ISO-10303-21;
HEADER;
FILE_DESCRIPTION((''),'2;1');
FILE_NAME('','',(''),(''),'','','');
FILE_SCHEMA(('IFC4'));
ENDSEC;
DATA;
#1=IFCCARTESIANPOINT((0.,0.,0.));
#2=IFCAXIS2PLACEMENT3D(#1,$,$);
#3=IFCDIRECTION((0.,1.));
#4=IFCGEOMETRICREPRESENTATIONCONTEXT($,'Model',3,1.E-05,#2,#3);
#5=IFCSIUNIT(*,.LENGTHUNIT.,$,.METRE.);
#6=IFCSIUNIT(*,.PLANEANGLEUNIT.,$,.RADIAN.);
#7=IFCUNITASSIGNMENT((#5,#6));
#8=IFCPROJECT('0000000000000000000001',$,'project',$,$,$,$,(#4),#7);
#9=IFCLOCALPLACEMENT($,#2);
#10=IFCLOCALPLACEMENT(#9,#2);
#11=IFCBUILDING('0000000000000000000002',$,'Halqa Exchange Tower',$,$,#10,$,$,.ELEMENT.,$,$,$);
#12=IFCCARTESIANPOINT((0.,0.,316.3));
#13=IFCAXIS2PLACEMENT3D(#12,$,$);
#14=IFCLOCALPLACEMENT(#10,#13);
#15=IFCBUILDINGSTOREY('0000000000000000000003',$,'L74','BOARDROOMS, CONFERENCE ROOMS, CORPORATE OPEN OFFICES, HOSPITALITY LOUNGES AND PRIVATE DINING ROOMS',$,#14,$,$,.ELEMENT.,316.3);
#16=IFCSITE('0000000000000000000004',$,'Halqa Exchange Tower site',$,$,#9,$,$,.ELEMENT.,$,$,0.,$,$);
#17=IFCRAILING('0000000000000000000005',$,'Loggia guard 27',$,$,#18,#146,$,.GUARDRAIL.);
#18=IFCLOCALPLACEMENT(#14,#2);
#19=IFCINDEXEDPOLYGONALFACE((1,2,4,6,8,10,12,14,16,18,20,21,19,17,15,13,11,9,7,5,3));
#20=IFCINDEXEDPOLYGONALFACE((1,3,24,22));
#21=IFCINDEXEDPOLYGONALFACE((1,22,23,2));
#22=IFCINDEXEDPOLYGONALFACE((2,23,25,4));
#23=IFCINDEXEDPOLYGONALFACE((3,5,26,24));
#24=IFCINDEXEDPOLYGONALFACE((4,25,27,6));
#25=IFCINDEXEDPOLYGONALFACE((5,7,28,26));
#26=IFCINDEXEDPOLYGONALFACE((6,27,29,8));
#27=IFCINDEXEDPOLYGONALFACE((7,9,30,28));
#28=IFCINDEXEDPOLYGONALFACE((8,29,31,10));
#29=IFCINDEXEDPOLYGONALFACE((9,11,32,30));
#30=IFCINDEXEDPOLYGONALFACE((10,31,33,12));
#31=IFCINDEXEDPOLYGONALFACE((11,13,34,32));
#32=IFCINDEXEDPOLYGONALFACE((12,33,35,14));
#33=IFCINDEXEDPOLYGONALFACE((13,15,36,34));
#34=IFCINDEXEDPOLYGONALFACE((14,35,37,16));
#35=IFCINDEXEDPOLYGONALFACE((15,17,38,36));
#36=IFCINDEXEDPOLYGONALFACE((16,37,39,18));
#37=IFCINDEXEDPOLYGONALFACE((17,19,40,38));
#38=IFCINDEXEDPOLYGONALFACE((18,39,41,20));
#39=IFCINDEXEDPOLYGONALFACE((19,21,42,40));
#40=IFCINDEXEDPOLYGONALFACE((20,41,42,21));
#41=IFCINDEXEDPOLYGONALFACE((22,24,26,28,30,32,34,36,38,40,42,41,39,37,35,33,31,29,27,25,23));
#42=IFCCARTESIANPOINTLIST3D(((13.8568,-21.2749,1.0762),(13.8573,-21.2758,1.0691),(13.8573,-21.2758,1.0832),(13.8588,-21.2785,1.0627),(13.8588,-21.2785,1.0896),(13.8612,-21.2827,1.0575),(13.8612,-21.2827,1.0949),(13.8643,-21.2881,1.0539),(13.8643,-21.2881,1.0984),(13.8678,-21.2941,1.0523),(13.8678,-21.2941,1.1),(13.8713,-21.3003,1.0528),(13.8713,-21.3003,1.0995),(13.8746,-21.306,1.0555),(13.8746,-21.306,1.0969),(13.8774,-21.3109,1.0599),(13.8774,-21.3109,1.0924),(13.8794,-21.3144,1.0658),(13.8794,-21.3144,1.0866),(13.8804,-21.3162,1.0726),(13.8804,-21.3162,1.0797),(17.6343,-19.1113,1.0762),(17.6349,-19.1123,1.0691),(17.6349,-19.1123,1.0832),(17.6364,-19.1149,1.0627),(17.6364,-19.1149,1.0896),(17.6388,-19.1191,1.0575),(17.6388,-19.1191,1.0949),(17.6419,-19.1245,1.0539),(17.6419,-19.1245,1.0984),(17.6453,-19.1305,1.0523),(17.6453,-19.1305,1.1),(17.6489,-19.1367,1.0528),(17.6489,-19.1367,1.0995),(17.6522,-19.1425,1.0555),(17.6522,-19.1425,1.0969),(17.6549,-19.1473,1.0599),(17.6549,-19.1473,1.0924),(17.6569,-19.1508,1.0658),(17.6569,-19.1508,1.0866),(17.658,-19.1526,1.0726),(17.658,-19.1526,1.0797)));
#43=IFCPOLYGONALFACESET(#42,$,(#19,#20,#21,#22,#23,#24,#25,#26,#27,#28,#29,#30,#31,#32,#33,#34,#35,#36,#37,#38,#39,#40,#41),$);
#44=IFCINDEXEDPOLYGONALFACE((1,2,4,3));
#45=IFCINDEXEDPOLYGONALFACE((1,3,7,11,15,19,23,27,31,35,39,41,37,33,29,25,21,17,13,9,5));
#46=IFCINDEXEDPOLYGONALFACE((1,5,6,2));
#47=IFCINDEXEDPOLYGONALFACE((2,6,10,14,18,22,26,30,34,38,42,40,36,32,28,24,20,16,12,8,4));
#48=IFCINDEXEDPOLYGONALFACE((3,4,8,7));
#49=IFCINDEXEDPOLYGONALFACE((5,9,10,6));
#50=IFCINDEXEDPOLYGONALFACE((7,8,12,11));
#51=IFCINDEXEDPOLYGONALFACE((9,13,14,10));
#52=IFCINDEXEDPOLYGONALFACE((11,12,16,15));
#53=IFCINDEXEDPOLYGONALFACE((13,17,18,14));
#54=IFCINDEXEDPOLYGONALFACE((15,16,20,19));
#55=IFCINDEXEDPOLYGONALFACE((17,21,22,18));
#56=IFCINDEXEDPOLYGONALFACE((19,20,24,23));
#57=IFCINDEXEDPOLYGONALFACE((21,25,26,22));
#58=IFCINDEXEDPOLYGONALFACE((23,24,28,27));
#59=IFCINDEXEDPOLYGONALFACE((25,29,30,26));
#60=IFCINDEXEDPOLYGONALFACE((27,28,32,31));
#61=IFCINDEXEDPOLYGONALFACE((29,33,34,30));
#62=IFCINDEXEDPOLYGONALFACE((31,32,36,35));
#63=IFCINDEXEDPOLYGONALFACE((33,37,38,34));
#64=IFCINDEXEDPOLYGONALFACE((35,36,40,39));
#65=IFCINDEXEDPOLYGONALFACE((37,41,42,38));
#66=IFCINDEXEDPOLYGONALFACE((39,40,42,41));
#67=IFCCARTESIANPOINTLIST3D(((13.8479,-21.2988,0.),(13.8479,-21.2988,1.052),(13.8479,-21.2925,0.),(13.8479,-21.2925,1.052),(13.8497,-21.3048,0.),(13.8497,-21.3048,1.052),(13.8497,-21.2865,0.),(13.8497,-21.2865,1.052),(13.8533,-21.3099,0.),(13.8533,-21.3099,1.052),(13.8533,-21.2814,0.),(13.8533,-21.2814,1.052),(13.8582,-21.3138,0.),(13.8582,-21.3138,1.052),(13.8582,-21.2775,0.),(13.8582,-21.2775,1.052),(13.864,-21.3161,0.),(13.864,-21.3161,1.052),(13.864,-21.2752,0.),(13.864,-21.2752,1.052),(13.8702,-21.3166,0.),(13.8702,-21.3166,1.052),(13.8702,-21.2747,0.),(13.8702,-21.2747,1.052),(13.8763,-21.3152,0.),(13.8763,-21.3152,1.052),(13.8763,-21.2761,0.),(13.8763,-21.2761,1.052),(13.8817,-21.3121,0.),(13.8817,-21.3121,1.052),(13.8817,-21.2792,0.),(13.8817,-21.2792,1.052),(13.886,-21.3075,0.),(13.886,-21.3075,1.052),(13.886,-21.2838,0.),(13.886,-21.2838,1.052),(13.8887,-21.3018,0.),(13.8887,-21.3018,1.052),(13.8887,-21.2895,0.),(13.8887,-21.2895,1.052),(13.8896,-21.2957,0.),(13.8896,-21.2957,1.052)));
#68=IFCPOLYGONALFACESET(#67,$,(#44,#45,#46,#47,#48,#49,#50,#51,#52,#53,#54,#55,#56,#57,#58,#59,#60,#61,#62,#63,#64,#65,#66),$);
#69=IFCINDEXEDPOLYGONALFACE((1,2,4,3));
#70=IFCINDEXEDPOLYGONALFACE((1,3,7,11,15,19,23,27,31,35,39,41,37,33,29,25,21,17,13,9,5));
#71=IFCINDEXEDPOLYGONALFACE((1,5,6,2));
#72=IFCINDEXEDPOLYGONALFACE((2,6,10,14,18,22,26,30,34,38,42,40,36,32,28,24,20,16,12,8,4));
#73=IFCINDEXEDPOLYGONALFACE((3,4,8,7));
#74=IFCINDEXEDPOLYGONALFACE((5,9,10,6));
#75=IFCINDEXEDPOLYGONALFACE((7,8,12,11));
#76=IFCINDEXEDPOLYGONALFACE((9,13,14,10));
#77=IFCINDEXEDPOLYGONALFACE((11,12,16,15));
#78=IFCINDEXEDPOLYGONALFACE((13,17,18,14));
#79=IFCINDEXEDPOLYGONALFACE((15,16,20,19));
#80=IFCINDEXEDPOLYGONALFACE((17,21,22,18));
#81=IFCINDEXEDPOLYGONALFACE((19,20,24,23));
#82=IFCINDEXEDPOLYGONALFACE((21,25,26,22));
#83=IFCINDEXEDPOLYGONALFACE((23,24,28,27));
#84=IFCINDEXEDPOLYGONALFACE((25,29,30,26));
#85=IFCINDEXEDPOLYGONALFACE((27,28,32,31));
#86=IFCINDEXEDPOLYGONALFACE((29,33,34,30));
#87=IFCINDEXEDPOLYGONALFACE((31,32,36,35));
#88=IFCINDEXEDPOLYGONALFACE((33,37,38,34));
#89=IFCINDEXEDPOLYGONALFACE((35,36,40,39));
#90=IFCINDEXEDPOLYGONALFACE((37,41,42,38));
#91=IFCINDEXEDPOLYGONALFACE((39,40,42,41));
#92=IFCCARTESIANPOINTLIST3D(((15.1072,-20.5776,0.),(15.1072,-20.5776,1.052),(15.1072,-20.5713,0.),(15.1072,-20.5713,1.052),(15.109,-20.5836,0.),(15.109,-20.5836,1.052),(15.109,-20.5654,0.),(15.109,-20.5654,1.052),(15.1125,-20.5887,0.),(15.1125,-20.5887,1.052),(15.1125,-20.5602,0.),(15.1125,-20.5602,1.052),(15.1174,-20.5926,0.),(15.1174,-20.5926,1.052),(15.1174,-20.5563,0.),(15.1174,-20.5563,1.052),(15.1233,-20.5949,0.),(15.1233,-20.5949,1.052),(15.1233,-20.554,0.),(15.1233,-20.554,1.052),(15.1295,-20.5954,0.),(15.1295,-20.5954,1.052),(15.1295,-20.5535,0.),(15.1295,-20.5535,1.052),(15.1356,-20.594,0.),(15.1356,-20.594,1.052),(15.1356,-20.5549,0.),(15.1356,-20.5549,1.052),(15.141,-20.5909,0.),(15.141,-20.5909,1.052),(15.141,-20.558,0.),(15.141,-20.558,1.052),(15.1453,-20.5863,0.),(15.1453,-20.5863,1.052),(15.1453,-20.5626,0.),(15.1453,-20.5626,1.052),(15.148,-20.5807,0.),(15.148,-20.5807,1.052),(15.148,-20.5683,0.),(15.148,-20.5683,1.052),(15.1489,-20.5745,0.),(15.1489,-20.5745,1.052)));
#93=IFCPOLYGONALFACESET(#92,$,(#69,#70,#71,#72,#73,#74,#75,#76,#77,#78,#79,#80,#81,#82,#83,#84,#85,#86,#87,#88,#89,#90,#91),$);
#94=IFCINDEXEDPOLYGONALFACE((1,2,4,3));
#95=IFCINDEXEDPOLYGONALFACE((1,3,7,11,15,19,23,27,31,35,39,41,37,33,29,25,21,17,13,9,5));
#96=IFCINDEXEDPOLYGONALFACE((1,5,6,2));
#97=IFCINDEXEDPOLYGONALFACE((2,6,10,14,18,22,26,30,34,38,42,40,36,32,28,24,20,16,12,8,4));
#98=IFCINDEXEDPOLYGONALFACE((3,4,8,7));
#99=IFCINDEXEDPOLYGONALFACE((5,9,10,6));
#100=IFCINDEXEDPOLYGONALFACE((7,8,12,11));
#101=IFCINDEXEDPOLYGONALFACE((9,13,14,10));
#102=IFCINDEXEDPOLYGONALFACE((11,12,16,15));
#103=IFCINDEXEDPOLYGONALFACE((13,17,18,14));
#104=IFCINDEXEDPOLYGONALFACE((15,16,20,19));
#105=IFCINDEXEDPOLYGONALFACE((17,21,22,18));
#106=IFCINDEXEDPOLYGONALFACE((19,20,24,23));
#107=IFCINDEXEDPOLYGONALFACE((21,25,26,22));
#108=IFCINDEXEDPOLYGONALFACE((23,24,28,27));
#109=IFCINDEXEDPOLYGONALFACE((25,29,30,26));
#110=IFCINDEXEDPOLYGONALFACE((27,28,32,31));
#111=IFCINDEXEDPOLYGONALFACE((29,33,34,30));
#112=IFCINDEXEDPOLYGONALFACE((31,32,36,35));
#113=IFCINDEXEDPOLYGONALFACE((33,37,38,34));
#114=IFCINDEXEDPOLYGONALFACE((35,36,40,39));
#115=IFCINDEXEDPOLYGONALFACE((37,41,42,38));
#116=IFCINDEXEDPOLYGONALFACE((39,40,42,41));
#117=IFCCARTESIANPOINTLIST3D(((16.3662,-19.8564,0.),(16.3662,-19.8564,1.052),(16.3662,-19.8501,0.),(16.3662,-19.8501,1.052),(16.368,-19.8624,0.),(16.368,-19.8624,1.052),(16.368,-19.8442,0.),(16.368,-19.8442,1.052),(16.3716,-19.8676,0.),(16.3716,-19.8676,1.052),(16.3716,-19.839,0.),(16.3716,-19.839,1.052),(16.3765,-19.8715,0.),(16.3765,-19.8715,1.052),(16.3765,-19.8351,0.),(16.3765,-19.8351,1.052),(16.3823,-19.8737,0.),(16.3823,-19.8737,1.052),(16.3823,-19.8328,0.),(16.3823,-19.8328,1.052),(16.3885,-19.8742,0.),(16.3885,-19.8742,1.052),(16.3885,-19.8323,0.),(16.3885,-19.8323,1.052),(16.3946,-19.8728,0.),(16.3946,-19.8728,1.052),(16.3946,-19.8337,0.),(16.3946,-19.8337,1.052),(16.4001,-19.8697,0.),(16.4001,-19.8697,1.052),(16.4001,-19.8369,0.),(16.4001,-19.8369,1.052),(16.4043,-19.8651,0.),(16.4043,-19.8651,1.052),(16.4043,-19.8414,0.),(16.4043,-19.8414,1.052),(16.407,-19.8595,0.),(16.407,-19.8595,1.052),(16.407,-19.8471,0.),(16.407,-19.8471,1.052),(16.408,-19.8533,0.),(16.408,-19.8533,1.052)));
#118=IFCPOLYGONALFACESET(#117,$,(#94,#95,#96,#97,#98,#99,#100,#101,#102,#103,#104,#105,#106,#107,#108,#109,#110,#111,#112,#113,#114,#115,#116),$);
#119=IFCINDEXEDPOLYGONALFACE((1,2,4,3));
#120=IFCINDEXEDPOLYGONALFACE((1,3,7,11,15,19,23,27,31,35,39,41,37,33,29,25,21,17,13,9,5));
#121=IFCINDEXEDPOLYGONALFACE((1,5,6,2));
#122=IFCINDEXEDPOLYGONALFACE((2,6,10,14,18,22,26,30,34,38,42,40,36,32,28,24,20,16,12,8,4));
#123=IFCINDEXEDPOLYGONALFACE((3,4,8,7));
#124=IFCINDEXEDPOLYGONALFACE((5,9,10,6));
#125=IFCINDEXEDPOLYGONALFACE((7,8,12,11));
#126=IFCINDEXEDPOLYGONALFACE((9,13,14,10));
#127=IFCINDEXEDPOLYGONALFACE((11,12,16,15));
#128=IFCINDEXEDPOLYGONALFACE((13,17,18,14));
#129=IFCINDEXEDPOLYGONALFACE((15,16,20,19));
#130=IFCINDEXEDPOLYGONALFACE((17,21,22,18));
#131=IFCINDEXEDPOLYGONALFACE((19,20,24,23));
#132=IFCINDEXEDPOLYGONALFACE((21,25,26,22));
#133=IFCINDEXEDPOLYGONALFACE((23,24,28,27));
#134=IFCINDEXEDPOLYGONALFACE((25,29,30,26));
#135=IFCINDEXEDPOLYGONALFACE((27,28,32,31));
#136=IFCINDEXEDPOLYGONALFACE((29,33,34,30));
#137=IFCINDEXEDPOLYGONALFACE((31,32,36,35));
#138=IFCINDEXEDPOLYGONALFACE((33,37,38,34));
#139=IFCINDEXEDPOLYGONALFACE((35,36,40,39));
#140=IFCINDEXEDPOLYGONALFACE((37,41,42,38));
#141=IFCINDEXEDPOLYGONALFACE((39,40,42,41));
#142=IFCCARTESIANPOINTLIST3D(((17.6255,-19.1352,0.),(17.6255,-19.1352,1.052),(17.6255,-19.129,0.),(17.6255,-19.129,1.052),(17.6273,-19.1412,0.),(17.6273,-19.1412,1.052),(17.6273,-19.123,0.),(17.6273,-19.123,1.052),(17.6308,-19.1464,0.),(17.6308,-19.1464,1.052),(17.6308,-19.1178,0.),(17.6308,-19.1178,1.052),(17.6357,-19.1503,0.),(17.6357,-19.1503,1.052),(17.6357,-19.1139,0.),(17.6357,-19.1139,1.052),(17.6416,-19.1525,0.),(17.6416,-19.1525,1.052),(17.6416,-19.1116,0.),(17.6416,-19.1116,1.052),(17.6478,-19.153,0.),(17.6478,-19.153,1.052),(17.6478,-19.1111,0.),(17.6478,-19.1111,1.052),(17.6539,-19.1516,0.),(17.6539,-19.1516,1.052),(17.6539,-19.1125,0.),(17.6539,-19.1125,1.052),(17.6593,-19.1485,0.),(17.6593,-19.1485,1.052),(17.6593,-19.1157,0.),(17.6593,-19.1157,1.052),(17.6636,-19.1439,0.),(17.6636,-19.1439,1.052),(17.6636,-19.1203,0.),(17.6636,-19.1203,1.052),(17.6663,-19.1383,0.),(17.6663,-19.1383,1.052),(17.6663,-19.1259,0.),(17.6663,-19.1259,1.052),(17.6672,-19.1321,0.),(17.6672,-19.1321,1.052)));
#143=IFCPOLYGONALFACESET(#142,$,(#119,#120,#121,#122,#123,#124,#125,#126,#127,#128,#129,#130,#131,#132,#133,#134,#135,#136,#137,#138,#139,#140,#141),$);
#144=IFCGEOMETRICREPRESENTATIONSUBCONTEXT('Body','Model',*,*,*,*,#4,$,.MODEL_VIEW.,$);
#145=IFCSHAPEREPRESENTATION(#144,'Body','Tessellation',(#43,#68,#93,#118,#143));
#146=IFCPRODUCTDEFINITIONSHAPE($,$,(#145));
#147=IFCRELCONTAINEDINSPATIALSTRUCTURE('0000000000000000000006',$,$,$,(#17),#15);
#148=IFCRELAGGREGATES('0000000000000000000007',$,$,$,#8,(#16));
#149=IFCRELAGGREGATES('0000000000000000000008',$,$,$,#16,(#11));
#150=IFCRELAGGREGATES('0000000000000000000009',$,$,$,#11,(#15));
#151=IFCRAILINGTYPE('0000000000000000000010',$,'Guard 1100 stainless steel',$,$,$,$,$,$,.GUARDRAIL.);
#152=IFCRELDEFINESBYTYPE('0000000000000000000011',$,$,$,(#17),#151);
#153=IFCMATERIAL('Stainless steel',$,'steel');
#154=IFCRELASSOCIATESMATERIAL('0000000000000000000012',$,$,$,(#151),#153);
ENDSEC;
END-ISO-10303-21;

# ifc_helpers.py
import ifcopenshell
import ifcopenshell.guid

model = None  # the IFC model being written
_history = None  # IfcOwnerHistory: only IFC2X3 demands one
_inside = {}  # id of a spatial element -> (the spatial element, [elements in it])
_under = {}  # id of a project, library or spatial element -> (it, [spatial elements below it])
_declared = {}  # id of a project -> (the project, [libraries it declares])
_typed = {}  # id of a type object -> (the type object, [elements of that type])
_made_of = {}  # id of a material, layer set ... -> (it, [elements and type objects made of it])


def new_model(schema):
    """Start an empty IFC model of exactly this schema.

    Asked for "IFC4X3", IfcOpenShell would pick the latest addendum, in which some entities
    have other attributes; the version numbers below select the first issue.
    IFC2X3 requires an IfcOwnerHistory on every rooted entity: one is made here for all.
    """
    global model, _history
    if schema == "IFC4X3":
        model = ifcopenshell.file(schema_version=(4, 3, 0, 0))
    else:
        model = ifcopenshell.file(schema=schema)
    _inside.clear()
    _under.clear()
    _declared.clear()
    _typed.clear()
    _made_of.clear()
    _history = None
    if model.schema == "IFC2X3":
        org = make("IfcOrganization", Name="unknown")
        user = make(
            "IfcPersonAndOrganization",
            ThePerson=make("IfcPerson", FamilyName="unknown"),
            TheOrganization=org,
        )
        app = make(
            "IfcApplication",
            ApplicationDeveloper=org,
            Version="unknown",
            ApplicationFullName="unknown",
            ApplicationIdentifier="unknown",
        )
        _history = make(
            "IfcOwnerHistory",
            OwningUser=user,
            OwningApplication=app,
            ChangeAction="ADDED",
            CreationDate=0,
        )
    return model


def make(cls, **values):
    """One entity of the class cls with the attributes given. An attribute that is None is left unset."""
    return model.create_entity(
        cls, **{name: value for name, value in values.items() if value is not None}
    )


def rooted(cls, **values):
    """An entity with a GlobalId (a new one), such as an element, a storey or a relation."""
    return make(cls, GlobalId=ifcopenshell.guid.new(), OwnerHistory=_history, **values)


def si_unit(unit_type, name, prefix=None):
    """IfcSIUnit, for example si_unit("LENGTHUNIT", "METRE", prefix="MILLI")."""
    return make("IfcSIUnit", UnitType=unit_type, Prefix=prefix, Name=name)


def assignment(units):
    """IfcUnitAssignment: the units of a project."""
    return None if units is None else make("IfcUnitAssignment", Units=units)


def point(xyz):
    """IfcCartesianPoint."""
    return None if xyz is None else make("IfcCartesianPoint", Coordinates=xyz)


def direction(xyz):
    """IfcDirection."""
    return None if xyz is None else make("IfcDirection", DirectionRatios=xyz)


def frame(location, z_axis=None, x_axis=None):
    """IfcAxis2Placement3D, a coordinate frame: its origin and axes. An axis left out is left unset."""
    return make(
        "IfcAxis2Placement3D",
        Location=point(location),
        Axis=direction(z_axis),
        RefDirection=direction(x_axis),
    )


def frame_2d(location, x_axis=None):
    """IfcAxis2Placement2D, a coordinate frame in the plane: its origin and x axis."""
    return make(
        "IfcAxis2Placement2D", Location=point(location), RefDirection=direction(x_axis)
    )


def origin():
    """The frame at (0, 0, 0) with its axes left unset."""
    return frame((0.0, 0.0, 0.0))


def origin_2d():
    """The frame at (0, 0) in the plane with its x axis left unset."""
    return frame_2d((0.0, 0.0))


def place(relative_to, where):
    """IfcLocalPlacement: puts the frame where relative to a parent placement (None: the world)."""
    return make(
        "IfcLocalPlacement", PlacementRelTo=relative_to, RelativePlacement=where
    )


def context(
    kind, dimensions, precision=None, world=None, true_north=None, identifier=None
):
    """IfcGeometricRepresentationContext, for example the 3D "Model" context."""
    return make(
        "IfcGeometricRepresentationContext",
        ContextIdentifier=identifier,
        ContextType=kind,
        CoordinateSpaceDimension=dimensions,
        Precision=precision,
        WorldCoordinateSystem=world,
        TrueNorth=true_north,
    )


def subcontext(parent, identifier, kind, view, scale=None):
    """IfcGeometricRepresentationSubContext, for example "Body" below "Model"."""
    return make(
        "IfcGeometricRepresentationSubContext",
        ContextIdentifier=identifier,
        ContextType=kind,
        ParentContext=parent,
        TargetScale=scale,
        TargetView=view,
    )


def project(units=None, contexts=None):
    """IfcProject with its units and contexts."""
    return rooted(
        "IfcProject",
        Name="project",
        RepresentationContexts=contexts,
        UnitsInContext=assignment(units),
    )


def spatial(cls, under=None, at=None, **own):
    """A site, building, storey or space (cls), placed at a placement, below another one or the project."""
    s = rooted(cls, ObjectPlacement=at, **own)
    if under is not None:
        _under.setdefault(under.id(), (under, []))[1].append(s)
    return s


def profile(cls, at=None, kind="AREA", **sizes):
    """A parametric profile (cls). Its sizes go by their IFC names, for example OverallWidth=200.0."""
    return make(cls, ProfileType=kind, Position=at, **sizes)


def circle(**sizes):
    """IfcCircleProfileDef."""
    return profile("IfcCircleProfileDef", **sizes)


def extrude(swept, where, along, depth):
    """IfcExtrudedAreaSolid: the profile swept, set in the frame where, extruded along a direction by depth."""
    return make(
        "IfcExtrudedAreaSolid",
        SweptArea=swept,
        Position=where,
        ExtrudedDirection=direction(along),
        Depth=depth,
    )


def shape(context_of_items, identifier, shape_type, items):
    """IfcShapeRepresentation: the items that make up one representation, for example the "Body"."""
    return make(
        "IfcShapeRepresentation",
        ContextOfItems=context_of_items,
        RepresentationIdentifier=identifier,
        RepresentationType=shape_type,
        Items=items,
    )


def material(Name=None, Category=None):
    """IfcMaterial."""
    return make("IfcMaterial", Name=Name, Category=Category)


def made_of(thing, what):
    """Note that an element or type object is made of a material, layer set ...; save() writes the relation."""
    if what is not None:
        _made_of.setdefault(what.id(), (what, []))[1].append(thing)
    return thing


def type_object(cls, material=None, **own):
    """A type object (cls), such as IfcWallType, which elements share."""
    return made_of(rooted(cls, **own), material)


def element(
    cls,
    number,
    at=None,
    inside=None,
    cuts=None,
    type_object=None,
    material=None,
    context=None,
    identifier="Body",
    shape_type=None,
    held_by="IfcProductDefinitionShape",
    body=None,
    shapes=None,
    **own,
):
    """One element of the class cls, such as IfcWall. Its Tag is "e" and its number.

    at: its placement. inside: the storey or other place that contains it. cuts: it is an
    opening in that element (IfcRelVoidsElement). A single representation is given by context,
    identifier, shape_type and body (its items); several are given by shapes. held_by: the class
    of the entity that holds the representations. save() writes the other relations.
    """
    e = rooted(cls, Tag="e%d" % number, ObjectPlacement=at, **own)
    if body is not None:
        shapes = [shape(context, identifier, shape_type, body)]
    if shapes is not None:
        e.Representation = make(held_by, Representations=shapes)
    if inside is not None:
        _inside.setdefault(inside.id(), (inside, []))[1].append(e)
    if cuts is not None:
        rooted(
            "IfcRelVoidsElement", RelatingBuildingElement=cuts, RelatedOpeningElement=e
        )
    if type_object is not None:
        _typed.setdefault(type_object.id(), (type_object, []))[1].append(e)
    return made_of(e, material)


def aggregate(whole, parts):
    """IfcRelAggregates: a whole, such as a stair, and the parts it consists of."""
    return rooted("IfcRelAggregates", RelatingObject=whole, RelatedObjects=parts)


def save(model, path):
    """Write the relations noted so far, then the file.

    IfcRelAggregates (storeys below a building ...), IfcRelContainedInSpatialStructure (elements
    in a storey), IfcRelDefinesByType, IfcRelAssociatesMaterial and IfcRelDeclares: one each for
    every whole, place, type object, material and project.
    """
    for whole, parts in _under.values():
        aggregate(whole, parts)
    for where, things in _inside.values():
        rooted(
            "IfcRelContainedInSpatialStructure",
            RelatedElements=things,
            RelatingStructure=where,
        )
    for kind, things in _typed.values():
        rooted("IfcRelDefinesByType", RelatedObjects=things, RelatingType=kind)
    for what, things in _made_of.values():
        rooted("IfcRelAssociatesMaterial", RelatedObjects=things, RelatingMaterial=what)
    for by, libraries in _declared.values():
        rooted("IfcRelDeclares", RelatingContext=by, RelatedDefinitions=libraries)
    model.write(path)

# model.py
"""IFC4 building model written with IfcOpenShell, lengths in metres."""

from ifc_helpers import new_model, si_unit, direction, frame, origin, origin_2d, place, context, subcontext, project, spatial, circle, extrude, material, type_object, element, save


model = new_model("IFC4")

# Units and contexts
model_context = context("Model", 3, precision=1e-05, world=origin(), true_north=direction((0.0, 1.0)))
body_context = subcontext(model_context, "Body", "Model", "MODEL_VIEW")
ifc_project = project(units=[si_unit("LENGTHUNIT", "METRE"), si_unit("PLANEANGLEUNIT", "RADIAN")], contexts=[model_context])

# Site, building, storey
site_placement = place(None, origin())
site = spatial("IfcSite", under=ifc_project, at=site_placement, Name="Halqa Exchange Tower site", CompositionType="ELEMENT", RefElevation=0.0)
building_placement = place(site_placement, origin())
building = spatial("IfcBuilding", under=site, at=building_placement, Name="Halqa Exchange Tower", CompositionType="ELEMENT")
storey_placement = place(building_placement, frame((0.0, 0.0, 316.3)))
storey = spatial("IfcBuildingStorey", under=building, at=storey_placement, Name="L74", Description="BOARDROOMS, CONFERENCE ROOMS, CORPORATE OPEN OFFICES, HOSPITALITY LOUNGES AND PRIVATE DINING ROOMS", CompositionType="ELEMENT", Elevation=316.3)

# Railing
ifc_material_1 = material(Name="Stainless steel", Category="steel")
railing_type = type_object("IfcRailingType", Name="Guard 1100 stainless steel", PredefinedType="GUARDRAIL", material=ifc_material_1)
railing_1_placement = place(storey_placement, frame((13.8687, -21.2957, 0.0)))
element("IfcRailing", 1, at=railing_1_placement, inside=storey, type_object=railing_type, Name="Loggia guard 27", PredefinedType="GUARDRAIL", context=body_context, shape_type="SweptSolid", body=[
    extrude(circle(Radius=0.0239, at=origin_2d()), frame((0.0, 0.0, 1.0762), z_axis=(0.867753, 0.496996, 0.0), x_axis=(-0.496996, 0.867753, 0.0)), (0.0, 0.0, 1.0), 4.3533),
    extrude(circle(Radius=0.021, at=origin_2d()), origin(), (0.0, 0.0, 1.0), 1.052),
    extrude(circle(Radius=0.021, at=origin_2d()), frame((1.2593, 0.7212, 0.0)), (0.0, 0.0, 1.0), 1.052),
    extrude(circle(Radius=0.021, at=origin_2d()), frame((2.5183, 1.4424, 0.0)), (0.0, 0.0, 1.0), 1.052),
    extrude(circle(Radius=0.021, at=origin_2d()), frame((3.7776, 2.1636, 0.0)), (0.0, 0.0, 1.0), 1.052),
])

save(model, "model.ifc")
